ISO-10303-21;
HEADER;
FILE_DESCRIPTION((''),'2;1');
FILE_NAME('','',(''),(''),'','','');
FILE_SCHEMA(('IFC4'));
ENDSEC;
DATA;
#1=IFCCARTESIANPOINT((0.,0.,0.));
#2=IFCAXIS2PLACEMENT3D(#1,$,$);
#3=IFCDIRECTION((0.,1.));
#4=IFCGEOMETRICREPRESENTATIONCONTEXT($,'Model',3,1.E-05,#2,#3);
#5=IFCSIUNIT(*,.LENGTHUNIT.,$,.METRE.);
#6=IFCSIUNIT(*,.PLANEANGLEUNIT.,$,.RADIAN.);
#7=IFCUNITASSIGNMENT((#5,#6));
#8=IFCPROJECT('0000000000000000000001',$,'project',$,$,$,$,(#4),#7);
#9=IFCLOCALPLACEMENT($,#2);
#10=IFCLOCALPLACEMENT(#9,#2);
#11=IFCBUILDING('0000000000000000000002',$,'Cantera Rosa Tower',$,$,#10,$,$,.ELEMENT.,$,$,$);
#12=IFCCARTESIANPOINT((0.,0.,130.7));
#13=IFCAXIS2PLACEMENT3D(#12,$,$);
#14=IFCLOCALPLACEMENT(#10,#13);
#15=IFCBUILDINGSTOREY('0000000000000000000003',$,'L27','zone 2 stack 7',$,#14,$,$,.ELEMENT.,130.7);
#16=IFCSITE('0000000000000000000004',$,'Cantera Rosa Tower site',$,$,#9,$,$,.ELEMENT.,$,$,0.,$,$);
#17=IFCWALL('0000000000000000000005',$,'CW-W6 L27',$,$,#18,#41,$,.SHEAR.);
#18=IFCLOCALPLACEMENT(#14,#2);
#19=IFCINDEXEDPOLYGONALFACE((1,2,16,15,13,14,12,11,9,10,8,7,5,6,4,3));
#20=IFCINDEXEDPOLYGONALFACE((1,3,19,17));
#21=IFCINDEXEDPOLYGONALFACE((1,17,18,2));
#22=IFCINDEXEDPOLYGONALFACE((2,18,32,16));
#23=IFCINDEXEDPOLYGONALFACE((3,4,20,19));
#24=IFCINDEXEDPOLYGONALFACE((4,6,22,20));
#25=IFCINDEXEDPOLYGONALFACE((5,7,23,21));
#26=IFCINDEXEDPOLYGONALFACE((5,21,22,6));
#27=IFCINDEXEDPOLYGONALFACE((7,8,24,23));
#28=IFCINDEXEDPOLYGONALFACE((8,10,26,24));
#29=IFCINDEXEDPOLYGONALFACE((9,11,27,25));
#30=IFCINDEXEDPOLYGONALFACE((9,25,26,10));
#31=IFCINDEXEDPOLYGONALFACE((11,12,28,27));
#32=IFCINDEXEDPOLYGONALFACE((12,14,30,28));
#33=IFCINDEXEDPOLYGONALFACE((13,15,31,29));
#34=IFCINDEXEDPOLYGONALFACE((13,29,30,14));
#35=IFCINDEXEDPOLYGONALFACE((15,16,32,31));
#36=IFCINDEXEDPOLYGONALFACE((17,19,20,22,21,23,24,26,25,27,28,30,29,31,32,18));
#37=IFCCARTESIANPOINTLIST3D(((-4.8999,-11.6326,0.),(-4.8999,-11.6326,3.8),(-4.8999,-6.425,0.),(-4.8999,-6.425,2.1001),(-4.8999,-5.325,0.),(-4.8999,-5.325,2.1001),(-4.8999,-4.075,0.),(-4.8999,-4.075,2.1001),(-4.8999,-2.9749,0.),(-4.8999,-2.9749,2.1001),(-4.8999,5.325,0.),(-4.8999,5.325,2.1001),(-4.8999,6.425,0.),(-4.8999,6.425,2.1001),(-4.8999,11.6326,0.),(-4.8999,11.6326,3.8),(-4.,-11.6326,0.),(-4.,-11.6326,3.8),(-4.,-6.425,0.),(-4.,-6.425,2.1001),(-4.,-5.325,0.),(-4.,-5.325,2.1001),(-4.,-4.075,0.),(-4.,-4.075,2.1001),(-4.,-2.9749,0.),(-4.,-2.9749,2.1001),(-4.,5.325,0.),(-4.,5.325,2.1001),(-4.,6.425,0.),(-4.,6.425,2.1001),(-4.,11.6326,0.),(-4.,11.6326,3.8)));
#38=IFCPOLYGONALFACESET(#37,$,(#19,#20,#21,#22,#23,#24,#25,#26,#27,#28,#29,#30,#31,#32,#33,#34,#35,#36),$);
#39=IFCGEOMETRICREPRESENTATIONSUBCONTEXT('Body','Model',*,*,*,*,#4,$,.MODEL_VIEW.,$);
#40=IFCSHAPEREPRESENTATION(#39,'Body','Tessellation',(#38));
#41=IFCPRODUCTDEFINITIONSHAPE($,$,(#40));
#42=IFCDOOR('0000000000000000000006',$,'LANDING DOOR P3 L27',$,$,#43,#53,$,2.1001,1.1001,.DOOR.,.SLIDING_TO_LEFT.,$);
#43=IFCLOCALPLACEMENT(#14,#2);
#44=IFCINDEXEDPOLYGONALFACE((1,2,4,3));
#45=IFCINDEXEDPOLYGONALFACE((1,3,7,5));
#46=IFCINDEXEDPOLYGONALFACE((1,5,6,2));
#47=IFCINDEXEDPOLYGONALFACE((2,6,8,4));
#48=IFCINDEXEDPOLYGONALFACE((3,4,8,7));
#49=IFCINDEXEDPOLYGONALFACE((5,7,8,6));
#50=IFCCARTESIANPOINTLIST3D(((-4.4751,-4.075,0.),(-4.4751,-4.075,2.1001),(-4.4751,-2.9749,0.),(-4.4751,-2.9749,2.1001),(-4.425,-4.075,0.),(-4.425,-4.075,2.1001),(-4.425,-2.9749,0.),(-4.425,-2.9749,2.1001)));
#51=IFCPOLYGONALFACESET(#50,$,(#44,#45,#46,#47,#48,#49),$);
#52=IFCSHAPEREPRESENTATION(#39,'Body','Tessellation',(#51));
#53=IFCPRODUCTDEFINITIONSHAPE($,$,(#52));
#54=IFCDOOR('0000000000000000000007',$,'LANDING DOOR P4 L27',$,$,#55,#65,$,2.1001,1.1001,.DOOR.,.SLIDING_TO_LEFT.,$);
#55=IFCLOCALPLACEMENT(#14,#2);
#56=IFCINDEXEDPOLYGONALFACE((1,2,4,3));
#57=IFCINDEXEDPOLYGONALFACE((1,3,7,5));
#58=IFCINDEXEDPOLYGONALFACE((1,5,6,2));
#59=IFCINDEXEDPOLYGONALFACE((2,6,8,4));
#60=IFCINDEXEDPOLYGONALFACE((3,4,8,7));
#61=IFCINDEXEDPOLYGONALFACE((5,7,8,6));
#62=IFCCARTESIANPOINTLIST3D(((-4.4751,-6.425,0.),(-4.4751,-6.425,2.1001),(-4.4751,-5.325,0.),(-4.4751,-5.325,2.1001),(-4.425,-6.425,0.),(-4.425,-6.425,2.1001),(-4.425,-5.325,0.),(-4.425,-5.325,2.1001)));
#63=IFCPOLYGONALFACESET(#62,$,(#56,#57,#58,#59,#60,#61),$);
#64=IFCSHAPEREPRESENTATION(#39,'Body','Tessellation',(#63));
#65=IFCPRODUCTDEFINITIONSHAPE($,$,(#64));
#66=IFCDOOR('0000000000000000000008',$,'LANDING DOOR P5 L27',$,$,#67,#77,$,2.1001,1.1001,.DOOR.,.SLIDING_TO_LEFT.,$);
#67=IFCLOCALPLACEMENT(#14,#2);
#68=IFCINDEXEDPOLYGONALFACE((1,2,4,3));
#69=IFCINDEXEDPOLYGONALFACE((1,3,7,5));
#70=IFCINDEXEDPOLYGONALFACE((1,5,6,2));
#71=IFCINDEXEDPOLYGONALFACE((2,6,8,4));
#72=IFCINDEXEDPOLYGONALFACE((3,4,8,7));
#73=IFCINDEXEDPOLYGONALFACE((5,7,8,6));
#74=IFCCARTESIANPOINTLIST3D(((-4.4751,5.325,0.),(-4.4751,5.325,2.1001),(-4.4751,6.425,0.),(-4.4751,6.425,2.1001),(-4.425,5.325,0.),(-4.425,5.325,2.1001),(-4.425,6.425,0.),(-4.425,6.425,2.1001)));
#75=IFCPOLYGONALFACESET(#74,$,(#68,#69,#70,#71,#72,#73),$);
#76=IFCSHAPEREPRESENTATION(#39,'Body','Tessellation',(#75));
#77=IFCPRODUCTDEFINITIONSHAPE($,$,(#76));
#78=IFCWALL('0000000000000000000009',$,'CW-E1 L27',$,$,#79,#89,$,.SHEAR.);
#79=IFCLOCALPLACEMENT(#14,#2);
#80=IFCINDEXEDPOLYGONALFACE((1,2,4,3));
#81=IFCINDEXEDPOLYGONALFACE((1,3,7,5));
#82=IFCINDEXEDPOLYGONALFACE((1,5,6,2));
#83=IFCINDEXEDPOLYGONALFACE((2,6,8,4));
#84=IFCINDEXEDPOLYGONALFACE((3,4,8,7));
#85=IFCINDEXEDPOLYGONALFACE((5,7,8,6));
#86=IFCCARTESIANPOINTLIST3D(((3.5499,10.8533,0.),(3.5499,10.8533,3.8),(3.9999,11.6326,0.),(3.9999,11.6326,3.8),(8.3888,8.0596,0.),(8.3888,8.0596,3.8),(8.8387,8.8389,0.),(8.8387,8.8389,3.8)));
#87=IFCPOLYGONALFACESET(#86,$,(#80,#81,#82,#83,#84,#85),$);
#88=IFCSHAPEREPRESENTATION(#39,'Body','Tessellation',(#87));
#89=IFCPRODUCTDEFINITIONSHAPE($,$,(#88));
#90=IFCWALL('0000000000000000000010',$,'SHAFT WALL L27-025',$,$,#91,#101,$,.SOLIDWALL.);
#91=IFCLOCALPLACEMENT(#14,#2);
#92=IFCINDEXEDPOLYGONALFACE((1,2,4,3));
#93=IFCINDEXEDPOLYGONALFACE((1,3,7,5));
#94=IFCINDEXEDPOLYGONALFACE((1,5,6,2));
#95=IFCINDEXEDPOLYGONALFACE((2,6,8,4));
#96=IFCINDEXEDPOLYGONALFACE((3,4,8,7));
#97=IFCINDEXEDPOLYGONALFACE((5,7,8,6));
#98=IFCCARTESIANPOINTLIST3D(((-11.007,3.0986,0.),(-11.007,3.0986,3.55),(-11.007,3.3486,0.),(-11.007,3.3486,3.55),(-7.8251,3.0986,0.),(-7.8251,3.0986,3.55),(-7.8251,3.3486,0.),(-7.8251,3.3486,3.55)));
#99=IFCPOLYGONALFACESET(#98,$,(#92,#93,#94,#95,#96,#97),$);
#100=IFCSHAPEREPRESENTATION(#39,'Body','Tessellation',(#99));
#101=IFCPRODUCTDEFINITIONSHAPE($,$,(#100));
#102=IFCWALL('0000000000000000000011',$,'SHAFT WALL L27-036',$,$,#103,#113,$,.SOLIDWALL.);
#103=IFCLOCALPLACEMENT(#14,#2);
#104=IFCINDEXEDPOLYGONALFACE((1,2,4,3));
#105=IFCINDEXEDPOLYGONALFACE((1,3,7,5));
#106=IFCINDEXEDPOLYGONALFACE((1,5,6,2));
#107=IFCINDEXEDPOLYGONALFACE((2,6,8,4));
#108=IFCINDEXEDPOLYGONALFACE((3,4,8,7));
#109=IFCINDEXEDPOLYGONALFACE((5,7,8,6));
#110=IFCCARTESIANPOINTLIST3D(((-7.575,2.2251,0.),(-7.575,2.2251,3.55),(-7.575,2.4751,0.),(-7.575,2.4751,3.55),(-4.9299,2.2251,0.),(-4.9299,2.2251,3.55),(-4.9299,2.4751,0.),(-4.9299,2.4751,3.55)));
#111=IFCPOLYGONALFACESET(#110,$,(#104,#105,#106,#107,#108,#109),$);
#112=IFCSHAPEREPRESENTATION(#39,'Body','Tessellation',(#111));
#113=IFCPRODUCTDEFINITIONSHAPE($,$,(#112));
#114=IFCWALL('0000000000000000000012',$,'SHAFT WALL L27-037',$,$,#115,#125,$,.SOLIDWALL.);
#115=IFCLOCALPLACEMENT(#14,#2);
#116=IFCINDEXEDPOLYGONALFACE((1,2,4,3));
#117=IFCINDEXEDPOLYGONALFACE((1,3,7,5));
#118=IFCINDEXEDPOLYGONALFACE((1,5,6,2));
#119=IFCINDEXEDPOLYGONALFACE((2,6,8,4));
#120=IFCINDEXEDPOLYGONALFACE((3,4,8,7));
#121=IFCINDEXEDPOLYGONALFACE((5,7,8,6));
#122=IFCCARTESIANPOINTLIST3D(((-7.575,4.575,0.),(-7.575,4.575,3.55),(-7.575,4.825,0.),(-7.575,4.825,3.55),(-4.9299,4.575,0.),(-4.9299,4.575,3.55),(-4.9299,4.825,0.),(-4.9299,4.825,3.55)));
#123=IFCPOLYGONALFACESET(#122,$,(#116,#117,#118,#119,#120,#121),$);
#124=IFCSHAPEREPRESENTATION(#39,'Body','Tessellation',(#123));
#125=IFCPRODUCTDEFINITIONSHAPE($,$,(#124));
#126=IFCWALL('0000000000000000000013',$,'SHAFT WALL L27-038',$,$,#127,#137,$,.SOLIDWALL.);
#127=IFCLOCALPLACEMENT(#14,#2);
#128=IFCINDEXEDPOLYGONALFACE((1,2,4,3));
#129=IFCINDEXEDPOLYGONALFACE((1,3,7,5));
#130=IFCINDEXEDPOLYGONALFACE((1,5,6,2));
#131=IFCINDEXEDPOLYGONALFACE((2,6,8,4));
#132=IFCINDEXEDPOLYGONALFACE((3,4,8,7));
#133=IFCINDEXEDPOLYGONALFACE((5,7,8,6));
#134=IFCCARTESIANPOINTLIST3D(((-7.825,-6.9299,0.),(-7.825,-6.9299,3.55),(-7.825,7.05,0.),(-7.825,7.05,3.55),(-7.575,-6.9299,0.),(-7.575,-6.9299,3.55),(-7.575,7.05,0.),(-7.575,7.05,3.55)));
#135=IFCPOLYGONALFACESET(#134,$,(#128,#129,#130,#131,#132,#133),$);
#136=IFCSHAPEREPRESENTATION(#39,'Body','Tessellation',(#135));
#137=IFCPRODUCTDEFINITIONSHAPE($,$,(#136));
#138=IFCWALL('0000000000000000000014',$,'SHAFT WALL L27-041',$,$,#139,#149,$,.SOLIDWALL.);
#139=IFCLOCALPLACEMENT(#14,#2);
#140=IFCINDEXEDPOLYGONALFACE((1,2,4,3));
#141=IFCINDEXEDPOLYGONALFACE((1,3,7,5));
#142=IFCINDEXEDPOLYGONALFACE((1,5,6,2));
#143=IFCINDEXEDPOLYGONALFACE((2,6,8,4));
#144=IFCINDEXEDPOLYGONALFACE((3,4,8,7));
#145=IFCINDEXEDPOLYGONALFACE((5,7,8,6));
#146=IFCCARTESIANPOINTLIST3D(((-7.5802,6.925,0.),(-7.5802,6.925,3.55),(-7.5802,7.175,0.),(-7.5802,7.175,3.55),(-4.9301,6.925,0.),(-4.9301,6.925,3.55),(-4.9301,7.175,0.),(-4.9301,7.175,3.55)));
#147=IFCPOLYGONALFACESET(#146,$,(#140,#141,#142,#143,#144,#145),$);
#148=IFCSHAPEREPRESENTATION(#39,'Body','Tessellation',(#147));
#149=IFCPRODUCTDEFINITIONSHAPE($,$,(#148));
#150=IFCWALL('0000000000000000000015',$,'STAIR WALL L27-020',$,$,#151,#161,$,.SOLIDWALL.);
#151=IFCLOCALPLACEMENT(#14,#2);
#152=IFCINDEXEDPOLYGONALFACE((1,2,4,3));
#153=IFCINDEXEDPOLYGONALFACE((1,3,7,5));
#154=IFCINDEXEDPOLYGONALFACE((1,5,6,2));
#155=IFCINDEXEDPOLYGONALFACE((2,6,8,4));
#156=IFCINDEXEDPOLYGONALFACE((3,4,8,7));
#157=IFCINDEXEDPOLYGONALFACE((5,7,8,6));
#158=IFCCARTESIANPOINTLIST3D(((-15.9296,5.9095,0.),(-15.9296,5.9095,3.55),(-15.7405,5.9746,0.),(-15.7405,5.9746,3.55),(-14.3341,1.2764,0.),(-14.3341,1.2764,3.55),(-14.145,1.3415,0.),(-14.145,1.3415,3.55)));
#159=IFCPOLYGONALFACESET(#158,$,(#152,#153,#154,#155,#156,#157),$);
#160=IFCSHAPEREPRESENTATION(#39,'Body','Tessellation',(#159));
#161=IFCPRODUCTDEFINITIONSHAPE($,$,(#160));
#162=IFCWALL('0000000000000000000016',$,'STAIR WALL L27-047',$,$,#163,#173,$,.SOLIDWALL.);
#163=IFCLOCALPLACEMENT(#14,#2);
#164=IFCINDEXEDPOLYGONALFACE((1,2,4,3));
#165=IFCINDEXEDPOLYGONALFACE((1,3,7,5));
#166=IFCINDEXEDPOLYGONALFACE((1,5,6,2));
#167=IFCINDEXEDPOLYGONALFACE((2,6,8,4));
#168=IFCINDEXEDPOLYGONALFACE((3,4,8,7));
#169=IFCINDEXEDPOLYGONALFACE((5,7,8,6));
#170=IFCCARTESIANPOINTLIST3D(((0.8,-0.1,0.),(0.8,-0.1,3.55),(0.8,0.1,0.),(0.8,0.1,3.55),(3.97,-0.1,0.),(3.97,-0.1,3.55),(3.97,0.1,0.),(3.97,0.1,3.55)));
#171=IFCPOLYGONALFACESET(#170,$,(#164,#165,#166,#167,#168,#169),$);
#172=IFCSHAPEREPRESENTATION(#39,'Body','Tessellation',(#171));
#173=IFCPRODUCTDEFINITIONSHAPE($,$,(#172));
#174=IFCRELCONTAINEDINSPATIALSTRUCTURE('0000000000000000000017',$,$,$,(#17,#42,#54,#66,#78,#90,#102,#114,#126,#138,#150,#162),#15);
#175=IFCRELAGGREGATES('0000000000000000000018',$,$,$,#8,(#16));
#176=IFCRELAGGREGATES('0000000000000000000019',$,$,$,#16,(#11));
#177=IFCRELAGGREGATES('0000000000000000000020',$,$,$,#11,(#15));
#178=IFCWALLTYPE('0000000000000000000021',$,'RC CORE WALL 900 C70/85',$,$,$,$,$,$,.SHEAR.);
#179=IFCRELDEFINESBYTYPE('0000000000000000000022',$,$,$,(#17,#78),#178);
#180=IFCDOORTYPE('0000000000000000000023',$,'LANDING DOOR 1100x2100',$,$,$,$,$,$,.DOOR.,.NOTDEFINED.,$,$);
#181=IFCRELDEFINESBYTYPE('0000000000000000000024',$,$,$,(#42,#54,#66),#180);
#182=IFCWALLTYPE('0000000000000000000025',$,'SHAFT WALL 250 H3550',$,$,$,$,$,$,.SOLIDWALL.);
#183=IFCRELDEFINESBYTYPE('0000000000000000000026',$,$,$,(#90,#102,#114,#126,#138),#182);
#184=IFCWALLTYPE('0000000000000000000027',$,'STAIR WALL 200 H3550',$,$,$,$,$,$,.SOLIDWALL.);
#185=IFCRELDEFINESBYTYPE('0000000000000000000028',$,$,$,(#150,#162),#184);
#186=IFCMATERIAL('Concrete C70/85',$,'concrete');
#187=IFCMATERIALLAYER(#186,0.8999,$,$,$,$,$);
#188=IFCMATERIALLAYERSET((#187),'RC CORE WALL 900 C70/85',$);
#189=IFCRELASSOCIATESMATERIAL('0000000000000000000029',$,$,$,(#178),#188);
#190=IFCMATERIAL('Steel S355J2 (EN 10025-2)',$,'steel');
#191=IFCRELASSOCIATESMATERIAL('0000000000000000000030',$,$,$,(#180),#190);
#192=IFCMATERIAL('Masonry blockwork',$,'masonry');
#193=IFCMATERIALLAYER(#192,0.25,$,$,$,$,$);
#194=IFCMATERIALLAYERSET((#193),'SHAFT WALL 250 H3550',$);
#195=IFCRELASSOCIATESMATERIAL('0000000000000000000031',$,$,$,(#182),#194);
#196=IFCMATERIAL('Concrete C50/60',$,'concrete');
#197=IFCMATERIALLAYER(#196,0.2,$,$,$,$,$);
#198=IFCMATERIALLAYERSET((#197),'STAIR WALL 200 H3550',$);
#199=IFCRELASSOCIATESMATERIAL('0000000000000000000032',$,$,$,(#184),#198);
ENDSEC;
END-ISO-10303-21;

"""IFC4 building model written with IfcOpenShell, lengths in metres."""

from ifc_helpers import new_model, si_unit, direction, frame, frame_2d, origin, place, context, subcontext, project, spatial, rectangle, extrude, material, layer, layer_set, type_object, element, fill, save


model = new_model("IFC4")

# Units and contexts
model_context = context("Model", 3, precision=1e-05, world=origin(), true_north=direction((0.0, 1.0)))
body_context = subcontext(model_context, "Body", "Model", "MODEL_VIEW")
ifc_project = project(units=[si_unit("LENGTHUNIT", "METRE"), si_unit("PLANEANGLEUNIT", "RADIAN")], contexts=[model_context])

# Site, building, storey
site_placement = place(None, origin())
site = spatial("IfcSite", under=ifc_project, at=site_placement, Name="Cantera Rosa Tower site", CompositionType="ELEMENT", RefElevation=0.0)
building_placement = place(site_placement, origin())
building = spatial("IfcBuilding", under=site, at=building_placement, Name="Cantera Rosa Tower", CompositionType="ELEMENT")
storey_placement = place(building_placement, frame((0.0, 0.0, 130.7)))
storey = spatial("IfcBuildingStorey", under=building, at=storey_placement, Name="L27", Description="zone 2 stack 7", CompositionType="ELEMENT", Elevation=130.7)

# Shared definitions
ifc_material_1 = material(Name="Concrete C70/85", Category="concrete")
ifc_layer_1 = layer(ifc_material_1, 0.8999)
ifc_layer_set_1 = layer_set([ifc_layer_1], Name="RC CORE WALL 900 C70/85")
wall_type_1 = type_object("IfcWallType", Name="RC CORE WALL 900 C70/85", PredefinedType="SHEAR", material=ifc_layer_set_1)

# Wall, openings, doors
wall_1_placement = place(storey_placement, frame((-4.45, 11.6326, 0.0), z_axis=(0.0, 0.0, 1.0), x_axis=(0.0, -1.0, 0.0)))
wall_1 = element("IfcWall", 1, at=wall_1_placement, inside=storey, type_object=wall_type_1, Name="CW-W6 L27", PredefinedType="SHEAR", context=body_context, shape_type="SweptSolid", body=[
    extrude(rectangle(XDim=23.2651, YDim=0.8999, at=frame_2d((11.6326, 0.0))), origin(), (0.0, 0.0, 1.0), 3.8),
])
opening_1_placement = place(wall_1_placement, frame((14.6074, 0.0, 0.0)))
opening_1 = element("IfcOpeningElement", 2, at=opening_1_placement, cuts=wall_1, PredefinedType="OPENING", context=body_context, shape_type="SweptSolid", body=[
    extrude(rectangle(XDim=1.1001, YDim=2.1001, at=frame_2d((0.55, 1.05))), frame((0.0, 0.46, 0.0), z_axis=(0.0, -1.0, 0.0), x_axis=(1.0, 0.0, 0.0)), (0.0, 0.0, 1.0), 0.9199),
])
opening_2_placement = place(wall_1_placement, frame((16.9575, 0.0, 0.0)))
opening_2 = element("IfcOpeningElement", 3, at=opening_2_placement, cuts=wall_1, PredefinedType="OPENING", context=body_context, shape_type="SweptSolid", body=[
    extrude(rectangle(XDim=1.1001, YDim=2.1001, at=frame_2d((0.55, 1.05))), frame((0.0, 0.46, 0.0), z_axis=(0.0, -1.0, 0.0), x_axis=(1.0, 0.0, 0.0)), (0.0, 0.0, 1.0), 0.9199),
])
opening_3_placement = place(wall_1_placement, frame((5.2075, 0.0, 0.0)))
opening_3 = element("IfcOpeningElement", 4, at=opening_3_placement, cuts=wall_1, PredefinedType="OPENING", context=body_context, shape_type="SweptSolid", body=[
    extrude(rectangle(XDim=1.1001, YDim=2.1001, at=frame_2d((0.55, 1.05))), frame((0.0, 0.46, 0.0), z_axis=(0.0, -1.0, 0.0), x_axis=(1.0, 0.0, 0.0)), (0.0, 0.0, 1.0), 0.9199),
])
ifc_material_2 = material(Name="Steel S355J2 (EN 10025-2)", Category="steel")
door_type_1 = type_object("IfcDoorType", Name="LANDING DOOR 1100x2100", OperationType="NOTDEFINED", PredefinedType="DOOR", material=ifc_material_2)
door_1_placement = place(opening_1_placement, origin())
door_1 = element("IfcDoor", 5, at=door_1_placement, inside=storey, type_object=door_type_1, Name="LANDING DOOR P3 L27", OperationType="SLIDING_TO_LEFT", OverallHeight=2.1001, OverallWidth=1.1001, PredefinedType="DOOR", context=body_context, shape_type="SweptSolid", body=[
    extrude(rectangle(XDim=1.1001, YDim=2.1001, at=frame_2d((0.55, 1.05))), frame((0.0, 0.0249, 0.0), z_axis=(0.0, -1.0, 0.0), x_axis=(1.0, 0.0, 0.0)), (0.0, 0.0, 1.0), 0.05),
])
fill(opening_1, door_1)
door_2_placement = place(opening_2_placement, origin())
door_2 = element("IfcDoor", 6, at=door_2_placement, inside=storey, type_object=door_type_1, Name="LANDING DOOR P4 L27", OperationType="SLIDING_TO_LEFT", OverallHeight=2.1001, OverallWidth=1.1001, PredefinedType="DOOR", context=body_context, shape_type="SweptSolid", body=[
    extrude(rectangle(XDim=1.1001, YDim=2.1001, at=frame_2d((0.55, 1.05))), frame((0.0, 0.0249, 0.0), z_axis=(0.0, -1.0, 0.0), x_axis=(1.0, 0.0, 0.0)), (0.0, 0.0, 1.0), 0.05),
])
fill(opening_2, door_2)
door_3_placement = place(opening_3_placement, origin())
door_3 = element("IfcDoor", 7, at=door_3_placement, inside=storey, type_object=door_type_1, Name="LANDING DOOR P5 L27", OperationType="SLIDING_TO_LEFT", OverallHeight=2.1001, OverallWidth=1.1001, PredefinedType="DOOR", context=body_context, shape_type="SweptSolid", body=[
    extrude(rectangle(XDim=1.1001, YDim=2.1001, at=frame_2d((0.55, 1.05))), frame((0.0, 0.0249, 0.0), z_axis=(0.0, -1.0, 0.0), x_axis=(1.0, 0.0, 0.0)), (0.0, 0.0, 1.0), 0.05),
])
fill(opening_3, door_3)

# Walls
wall_2_placement = place(storey_placement, frame((3.7749, 11.2429, 0.0), z_axis=(0.0, 0.0, 1.0), x_axis=(0.866027, -0.499997, 0.0)))
element("IfcWall", 8, at=wall_2_placement, inside=storey, type_object=wall_type_1, Name="CW-E1 L27", PredefinedType="SHEAR", context=body_context, shape_type="SweptSolid", body=[
    extrude(rectangle(XDim=5.5874, YDim=0.8999, at=frame_2d((2.7937, 0.0))), origin(), (0.0, 0.0, 1.0), 3.8),
])
ifc_material_3 = material(Name="Masonry blockwork", Category="masonry")
ifc_layer_2 = layer(ifc_material_3, 0.25)
ifc_layer_set_2 = layer_set([ifc_layer_2], Name="SHAFT WALL 250 H3550")
wall_type_2 = type_object("IfcWallType", Name="SHAFT WALL 250 H3550", PredefinedType="SOLIDWALL", material=ifc_layer_set_2)
wall_3_placement = place(storey_placement, frame((-11.0068, 3.2236, 0.0), z_axis=(0.0, 0.0, 1.0), x_axis=(1.0, 0.0, 0.0)))
element("IfcWall", 9, at=wall_3_placement, inside=storey, type_object=wall_type_2, Name="SHAFT WALL L27-025", PredefinedType="SOLIDWALL", context=body_context, shape_type="SweptSolid", body=[
    extrude(rectangle(XDim=3.1819, YDim=0.25, at=frame_2d((1.5908, 0.0))), origin(), (0.0, 0.0, 1.0), 3.55),
])
for number, where, z_axis, x_axis, name in (
    (10, (-7.575, 2.3501, 0.0), (0.0, 0.0, 1.0), (1.0, 0.0, 0.0), "SHAFT WALL L27-036"),
    (11, (-7.575, 4.7, 0.0), (0.0, 0.0, 1.0), (1.0, 0.0, 0.0), "SHAFT WALL L27-037"),
):
    element("IfcWall", number, at=place(storey_placement, frame(where, z_axis=z_axis, x_axis=x_axis)), inside=storey, type_object=wall_type_2, Name=name, PredefinedType="SOLIDWALL", context=body_context, shape_type="SweptSolid", body=[
        extrude(rectangle(XDim=2.645, YDim=0.25, at=frame_2d((1.3225, 0.0))), origin(), (0.0, 0.0, 1.0), 3.55),
    ])
wall_4_placement = place(storey_placement, frame((-7.7, 7.05, 0.0), z_axis=(0.0, 0.0, 1.0), x_axis=(0.0, -1.0, 0.0)))
element("IfcWall", 12, at=wall_4_placement, inside=storey, type_object=wall_type_2, Name="SHAFT WALL L27-038", PredefinedType="SOLIDWALL", context=body_context, shape_type="SweptSolid", body=[
    extrude(rectangle(XDim=13.98, YDim=0.25, at=frame_2d((6.99, 0.0))), origin(), (0.0, 0.0, 1.0), 3.55),
])
wall_5_placement = place(storey_placement, frame((-4.9299, 7.05, 0.0), z_axis=(0.0, 0.0, 1.0), x_axis=(-1.0, 0.0, 0.0)))
element("IfcWall", 13, at=wall_5_placement, inside=storey, type_object=wall_type_2, Name="SHAFT WALL L27-041", PredefinedType="SOLIDWALL", context=body_context, shape_type="SweptSolid", body=[
    extrude(rectangle(XDim=2.6501, YDim=0.25, at=frame_2d((1.3252, 0.0))), origin(), (0.0, 0.0, 1.0), 3.55),
])
ifc_material_4 = material(Name="Concrete C50/60", Category="concrete")
ifc_layer_3 = layer(ifc_material_4, 0.2)
ifc_layer_set_3 = layer_set([ifc_layer_3], Name="STAIR WALL 200 H3550")
wall_type_3 = type_object("IfcWallType", Name="STAIR WALL 200 H3550", PredefinedType="SOLIDWALL", material=ifc_layer_set_3)
wall_6_placement = place(storey_placement, frame((-14.2395, 1.3088, 0.0), z_axis=(0.0, 0.0, 1.0), x_axis=(-0.325599, 0.945508, 0.0)))
element("IfcWall", 14, at=wall_6_placement, inside=storey, type_object=wall_type_3, Name="STAIR WALL L27-020", PredefinedType="SOLIDWALL", context=body_context, shape_type="SweptSolid", body=[
    extrude(rectangle(XDim=4.9001, YDim=0.2, at=frame_2d((2.4502, 0.0))), origin(), (0.0, 0.0, 1.0), 3.55),
])
wall_7_placement = place(storey_placement, frame((0.8, 0.0, 0.0), z_axis=(0.0, 0.0, 1.0), x_axis=(1.0, 0.0, 0.0)))
element("IfcWall", 15, at=wall_7_placement, inside=storey, type_object=wall_type_3, Name="STAIR WALL L27-047", PredefinedType="SOLIDWALL", context=body_context, shape_type="SweptSolid", body=[
    extrude(rectangle(XDim=3.1699, YDim=0.2, at=frame_2d((1.585, 0.0))), origin(), (0.0, 0.0, 1.0), 3.55),
])

save(model, "model.ifc")
